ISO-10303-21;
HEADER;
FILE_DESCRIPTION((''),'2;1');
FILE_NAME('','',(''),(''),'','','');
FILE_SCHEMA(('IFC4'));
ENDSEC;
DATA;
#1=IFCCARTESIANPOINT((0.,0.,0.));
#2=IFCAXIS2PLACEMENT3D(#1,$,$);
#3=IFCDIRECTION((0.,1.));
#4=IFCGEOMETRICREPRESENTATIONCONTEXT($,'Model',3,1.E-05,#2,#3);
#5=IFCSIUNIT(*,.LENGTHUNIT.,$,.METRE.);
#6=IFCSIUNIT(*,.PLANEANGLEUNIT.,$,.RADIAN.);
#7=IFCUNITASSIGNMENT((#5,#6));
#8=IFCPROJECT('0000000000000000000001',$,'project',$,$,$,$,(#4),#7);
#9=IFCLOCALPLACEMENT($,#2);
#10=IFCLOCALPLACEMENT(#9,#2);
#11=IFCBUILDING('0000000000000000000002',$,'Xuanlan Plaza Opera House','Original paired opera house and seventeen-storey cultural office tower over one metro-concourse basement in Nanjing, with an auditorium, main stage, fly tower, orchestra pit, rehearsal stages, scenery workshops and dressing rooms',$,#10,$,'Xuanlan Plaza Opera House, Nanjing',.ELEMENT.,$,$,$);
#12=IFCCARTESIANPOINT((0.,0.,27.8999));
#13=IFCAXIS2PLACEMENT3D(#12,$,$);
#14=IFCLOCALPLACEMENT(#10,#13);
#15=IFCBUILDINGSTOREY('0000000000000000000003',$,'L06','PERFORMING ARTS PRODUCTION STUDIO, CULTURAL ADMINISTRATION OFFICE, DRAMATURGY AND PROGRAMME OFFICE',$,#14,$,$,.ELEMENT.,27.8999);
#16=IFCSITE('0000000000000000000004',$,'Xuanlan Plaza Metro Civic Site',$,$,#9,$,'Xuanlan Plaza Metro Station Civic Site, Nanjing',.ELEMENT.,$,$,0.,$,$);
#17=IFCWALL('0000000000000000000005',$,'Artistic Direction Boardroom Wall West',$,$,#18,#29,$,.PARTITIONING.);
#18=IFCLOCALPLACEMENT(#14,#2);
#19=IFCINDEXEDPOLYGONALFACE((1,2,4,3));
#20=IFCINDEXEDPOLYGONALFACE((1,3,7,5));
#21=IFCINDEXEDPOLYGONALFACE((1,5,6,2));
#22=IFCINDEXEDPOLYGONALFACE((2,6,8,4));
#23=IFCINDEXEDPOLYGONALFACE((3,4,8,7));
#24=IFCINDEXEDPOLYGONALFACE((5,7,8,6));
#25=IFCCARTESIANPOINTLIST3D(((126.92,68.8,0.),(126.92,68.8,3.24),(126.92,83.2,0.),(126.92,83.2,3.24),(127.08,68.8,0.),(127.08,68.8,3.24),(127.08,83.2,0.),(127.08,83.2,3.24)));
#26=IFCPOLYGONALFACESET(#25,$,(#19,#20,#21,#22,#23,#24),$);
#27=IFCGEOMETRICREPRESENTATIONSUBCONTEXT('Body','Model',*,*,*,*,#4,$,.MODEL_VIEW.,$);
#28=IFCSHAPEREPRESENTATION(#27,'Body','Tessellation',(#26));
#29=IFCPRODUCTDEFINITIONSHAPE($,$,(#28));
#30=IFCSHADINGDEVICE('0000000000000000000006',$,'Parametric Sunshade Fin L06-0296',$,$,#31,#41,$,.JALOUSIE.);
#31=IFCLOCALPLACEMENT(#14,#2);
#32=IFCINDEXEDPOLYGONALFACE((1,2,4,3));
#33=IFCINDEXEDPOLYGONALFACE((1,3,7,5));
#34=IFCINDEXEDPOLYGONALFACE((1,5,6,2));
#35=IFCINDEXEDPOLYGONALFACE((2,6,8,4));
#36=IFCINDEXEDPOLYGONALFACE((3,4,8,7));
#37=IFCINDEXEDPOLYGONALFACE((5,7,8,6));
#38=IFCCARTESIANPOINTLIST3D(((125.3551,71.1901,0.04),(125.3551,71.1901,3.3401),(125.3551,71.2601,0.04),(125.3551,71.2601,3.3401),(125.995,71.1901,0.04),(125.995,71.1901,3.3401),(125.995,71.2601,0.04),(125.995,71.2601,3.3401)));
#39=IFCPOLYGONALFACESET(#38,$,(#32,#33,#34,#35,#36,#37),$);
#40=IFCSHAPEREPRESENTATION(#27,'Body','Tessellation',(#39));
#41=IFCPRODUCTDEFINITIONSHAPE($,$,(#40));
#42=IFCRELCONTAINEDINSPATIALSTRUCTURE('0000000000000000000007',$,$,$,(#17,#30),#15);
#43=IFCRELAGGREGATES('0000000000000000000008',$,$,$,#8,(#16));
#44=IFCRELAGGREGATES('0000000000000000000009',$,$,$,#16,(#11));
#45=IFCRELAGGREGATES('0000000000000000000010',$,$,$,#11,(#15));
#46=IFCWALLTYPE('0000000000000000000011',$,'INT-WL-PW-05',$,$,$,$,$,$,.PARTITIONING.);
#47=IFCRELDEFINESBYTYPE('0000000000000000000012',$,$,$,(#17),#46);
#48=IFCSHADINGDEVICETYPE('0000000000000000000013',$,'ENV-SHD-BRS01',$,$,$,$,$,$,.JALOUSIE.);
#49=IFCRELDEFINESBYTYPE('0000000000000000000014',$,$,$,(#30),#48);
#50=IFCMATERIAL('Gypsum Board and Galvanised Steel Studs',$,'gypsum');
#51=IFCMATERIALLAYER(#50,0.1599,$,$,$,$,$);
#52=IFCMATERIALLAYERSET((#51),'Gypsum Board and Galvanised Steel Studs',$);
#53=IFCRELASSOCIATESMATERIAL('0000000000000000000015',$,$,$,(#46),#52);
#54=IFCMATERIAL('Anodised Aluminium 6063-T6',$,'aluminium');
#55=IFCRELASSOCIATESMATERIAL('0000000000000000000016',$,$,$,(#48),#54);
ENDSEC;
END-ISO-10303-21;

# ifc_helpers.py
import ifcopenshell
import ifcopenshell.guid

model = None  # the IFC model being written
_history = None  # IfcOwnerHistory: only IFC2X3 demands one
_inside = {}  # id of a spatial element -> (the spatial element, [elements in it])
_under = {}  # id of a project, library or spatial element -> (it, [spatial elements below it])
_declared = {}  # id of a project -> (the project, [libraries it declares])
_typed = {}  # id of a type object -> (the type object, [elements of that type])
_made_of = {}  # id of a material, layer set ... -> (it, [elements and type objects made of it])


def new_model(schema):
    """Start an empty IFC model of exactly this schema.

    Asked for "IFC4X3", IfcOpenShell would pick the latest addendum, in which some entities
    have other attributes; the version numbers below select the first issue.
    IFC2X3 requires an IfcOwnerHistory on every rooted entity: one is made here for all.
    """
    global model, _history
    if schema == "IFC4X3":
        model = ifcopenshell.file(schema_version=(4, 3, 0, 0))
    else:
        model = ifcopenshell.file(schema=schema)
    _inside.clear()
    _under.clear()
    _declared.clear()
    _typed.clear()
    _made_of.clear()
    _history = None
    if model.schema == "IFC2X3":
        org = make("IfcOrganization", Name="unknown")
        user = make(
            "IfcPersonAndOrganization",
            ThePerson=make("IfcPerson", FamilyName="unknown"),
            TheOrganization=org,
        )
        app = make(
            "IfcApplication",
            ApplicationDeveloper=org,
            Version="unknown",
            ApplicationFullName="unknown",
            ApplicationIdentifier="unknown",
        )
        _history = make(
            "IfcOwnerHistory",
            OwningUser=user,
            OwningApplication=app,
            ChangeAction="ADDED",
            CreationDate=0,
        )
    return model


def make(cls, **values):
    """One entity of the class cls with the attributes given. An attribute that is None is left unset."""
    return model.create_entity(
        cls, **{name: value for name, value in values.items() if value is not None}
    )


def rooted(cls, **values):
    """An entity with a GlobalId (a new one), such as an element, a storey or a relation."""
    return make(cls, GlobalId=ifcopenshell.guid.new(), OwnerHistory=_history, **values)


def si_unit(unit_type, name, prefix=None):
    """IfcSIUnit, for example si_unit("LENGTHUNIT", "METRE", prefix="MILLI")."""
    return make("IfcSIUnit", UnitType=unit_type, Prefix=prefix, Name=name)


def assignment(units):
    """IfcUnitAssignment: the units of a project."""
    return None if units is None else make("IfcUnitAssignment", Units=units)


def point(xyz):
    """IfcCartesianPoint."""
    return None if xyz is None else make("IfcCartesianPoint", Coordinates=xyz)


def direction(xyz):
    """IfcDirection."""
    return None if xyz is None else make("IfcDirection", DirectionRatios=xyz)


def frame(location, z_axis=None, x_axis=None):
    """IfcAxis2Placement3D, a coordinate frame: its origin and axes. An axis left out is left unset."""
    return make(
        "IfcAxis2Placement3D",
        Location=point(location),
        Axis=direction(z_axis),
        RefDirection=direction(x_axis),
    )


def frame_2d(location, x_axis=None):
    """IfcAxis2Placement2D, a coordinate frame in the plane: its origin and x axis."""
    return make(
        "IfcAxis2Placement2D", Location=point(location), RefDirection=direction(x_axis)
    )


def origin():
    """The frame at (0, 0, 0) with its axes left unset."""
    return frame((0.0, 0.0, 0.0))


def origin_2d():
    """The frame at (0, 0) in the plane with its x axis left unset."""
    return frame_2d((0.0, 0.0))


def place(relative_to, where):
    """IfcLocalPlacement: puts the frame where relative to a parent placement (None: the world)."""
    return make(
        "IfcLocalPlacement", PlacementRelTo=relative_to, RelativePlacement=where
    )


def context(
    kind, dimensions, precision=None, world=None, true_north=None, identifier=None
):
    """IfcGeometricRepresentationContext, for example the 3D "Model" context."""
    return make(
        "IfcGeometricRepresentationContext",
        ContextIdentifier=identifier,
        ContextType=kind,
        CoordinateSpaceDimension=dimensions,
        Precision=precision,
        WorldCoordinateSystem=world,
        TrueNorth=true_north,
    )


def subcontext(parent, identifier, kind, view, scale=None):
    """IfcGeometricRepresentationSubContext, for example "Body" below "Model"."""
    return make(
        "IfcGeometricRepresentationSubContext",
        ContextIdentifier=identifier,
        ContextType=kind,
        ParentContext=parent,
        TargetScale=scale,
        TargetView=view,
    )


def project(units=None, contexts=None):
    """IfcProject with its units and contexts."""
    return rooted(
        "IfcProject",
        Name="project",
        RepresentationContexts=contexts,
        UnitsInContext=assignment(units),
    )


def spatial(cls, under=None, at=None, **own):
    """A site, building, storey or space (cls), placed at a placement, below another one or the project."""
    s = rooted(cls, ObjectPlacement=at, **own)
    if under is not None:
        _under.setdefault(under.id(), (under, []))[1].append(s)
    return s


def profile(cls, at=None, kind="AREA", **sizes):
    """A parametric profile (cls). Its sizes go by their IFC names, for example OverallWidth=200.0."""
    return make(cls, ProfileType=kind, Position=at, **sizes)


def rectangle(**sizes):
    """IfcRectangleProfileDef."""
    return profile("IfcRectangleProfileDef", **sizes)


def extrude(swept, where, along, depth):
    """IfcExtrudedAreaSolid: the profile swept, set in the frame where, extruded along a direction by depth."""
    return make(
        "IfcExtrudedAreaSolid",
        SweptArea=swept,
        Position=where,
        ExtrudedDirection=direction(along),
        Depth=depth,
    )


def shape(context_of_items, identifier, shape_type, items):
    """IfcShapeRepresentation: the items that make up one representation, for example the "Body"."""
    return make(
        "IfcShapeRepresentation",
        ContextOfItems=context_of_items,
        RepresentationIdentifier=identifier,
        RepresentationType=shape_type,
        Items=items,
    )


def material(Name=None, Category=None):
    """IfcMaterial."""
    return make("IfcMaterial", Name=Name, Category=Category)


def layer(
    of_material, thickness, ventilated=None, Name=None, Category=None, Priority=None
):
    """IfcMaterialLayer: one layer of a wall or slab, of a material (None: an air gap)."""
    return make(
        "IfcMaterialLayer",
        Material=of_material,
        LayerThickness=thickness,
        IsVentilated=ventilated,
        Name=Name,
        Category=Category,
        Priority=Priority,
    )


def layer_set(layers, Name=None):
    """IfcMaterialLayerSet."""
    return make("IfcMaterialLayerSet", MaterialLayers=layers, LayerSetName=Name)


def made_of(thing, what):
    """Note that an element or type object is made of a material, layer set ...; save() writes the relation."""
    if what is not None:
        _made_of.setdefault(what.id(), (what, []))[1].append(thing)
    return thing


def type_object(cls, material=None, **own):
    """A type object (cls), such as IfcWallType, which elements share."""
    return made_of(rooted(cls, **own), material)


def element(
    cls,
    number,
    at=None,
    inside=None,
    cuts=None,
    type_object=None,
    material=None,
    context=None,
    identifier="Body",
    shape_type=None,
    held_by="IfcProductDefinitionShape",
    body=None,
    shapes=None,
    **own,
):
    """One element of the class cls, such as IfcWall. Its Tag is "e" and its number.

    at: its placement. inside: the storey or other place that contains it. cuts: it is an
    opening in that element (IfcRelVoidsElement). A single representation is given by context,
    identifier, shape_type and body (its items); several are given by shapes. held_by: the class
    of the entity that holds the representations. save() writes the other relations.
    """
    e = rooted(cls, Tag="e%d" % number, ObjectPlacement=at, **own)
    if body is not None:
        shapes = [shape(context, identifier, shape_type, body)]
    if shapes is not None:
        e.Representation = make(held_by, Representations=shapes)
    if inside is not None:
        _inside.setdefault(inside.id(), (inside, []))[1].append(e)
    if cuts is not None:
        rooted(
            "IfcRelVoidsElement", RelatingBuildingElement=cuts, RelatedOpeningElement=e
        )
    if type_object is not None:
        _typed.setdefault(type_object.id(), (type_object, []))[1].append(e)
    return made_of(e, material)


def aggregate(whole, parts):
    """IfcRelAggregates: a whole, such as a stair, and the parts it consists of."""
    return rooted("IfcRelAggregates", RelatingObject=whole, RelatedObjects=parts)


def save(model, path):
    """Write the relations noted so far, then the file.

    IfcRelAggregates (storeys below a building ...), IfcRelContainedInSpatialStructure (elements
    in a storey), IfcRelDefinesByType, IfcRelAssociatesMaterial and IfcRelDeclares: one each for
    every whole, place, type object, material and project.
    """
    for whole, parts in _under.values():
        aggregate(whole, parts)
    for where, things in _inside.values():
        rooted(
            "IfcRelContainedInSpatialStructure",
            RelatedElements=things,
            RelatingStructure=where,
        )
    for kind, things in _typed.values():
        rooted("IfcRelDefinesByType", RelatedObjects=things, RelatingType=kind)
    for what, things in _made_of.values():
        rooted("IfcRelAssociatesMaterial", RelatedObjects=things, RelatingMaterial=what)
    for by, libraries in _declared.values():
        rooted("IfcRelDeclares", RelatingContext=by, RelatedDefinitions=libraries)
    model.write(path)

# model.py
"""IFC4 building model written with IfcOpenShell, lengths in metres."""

from ifc_helpers import new_model, si_unit, direction, frame, frame_2d, origin, origin_2d, place, context, subcontext, project, spatial, rectangle, extrude, material, layer, layer_set, type_object, element, save


model = new_model("IFC4")

# Units and contexts
model_context = context("Model", 3, precision=1e-05, world=origin(), true_north=direction((0.0, 1.0)))
body_context = subcontext(model_context, "Body", "Model", "MODEL_VIEW")
ifc_project = project(units=[si_unit("LENGTHUNIT", "METRE"), si_unit("PLANEANGLEUNIT", "RADIAN")], contexts=[model_context])

# Site, building, storey
site_placement = place(None, origin())
site = spatial("IfcSite", under=ifc_project, at=site_placement, Name="Xuanlan Plaza Metro Civic Site", LongName="Xuanlan Plaza Metro Station Civic Site, Nanjing", CompositionType="ELEMENT", RefElevation=0.0)
building_placement = place(site_placement, origin())
building = spatial("IfcBuilding", under=site, at=building_placement, Name="Xuanlan Plaza Opera House", Description="Original paired opera house and seventeen-storey cultural office tower over one metro-concourse basement in Nanjing, with an auditorium, main stage, fly tower, orchestra pit, rehearsal stages, scenery workshops and dressing rooms", LongName="Xuanlan Plaza Opera House, Nanjing", CompositionType="ELEMENT")
storey_placement = place(building_placement, frame((0.0, 0.0, 27.8999)))
storey = spatial("IfcBuildingStorey", under=building, at=storey_placement, Name="L06", Description="PERFORMING ARTS PRODUCTION STUDIO, CULTURAL ADMINISTRATION OFFICE, DRAMATURGY AND PROGRAMME OFFICE", CompositionType="ELEMENT", Elevation=27.8999)

# Shared definitions
ifc_material_1 = material(Name="Anodised Aluminium 6063-T6", Category="aluminium")

# Shared definitions
ifc_material_2 = material(Name="Gypsum Board and Galvanised Steel Studs", Category="gypsum")
ifc_layer_1 = layer(ifc_material_2, 0.1599)
ifc_layer_set_1 = layer_set([ifc_layer_1], Name="Gypsum Board and Galvanised Steel Studs")
wall_type_1 = type_object("IfcWallType", Name="INT-WL-PW-05", PredefinedType="PARTITIONING", material=ifc_layer_set_1)

# Wall
wall_1_placement = place(storey_placement, frame((127.0, 68.8, 0.0), z_axis=(0.0, 0.0, 1.0), x_axis=(0.0, 1.0, 0.0)))
element("IfcWall", 1, at=wall_1_placement, inside=storey, type_object=wall_type_1, Name="Artistic Direction Boardroom Wall West", PredefinedType="PARTITIONING", context=body_context, shape_type="SweptSolid", body=[
    extrude(rectangle(XDim=14.3999, YDim=0.1599, at=frame_2d((7.2, 0.0))), origin(), (0.0, 0.0, 1.0), 3.24),
])

# Shading device
shading_device_type = type_object("IfcShadingDeviceType", Name="ENV-SHD-BRS01", PredefinedType="JALOUSIE", material=ifc_material_1)
shading_device_placement = place(storey_placement, frame((125.675, 71.2251, 0.04), z_axis=(0.0, 0.0, 1.0), x_axis=(-1.0, 0.0, 0.0)))
element("IfcShadingDevice", 2, at=shading_device_placement, inside=storey, type_object=shading_device_type, Name="Parametric Sunshade Fin L06-0296", PredefinedType="JALOUSIE", context=body_context, shape_type="SweptSolid", body=[
    extrude(rectangle(XDim=0.6399, YDim=0.0701, at=origin_2d()), origin(), (0.0, 0.0, 1.0), 3.3),
])

save(model, "model.ifc")
